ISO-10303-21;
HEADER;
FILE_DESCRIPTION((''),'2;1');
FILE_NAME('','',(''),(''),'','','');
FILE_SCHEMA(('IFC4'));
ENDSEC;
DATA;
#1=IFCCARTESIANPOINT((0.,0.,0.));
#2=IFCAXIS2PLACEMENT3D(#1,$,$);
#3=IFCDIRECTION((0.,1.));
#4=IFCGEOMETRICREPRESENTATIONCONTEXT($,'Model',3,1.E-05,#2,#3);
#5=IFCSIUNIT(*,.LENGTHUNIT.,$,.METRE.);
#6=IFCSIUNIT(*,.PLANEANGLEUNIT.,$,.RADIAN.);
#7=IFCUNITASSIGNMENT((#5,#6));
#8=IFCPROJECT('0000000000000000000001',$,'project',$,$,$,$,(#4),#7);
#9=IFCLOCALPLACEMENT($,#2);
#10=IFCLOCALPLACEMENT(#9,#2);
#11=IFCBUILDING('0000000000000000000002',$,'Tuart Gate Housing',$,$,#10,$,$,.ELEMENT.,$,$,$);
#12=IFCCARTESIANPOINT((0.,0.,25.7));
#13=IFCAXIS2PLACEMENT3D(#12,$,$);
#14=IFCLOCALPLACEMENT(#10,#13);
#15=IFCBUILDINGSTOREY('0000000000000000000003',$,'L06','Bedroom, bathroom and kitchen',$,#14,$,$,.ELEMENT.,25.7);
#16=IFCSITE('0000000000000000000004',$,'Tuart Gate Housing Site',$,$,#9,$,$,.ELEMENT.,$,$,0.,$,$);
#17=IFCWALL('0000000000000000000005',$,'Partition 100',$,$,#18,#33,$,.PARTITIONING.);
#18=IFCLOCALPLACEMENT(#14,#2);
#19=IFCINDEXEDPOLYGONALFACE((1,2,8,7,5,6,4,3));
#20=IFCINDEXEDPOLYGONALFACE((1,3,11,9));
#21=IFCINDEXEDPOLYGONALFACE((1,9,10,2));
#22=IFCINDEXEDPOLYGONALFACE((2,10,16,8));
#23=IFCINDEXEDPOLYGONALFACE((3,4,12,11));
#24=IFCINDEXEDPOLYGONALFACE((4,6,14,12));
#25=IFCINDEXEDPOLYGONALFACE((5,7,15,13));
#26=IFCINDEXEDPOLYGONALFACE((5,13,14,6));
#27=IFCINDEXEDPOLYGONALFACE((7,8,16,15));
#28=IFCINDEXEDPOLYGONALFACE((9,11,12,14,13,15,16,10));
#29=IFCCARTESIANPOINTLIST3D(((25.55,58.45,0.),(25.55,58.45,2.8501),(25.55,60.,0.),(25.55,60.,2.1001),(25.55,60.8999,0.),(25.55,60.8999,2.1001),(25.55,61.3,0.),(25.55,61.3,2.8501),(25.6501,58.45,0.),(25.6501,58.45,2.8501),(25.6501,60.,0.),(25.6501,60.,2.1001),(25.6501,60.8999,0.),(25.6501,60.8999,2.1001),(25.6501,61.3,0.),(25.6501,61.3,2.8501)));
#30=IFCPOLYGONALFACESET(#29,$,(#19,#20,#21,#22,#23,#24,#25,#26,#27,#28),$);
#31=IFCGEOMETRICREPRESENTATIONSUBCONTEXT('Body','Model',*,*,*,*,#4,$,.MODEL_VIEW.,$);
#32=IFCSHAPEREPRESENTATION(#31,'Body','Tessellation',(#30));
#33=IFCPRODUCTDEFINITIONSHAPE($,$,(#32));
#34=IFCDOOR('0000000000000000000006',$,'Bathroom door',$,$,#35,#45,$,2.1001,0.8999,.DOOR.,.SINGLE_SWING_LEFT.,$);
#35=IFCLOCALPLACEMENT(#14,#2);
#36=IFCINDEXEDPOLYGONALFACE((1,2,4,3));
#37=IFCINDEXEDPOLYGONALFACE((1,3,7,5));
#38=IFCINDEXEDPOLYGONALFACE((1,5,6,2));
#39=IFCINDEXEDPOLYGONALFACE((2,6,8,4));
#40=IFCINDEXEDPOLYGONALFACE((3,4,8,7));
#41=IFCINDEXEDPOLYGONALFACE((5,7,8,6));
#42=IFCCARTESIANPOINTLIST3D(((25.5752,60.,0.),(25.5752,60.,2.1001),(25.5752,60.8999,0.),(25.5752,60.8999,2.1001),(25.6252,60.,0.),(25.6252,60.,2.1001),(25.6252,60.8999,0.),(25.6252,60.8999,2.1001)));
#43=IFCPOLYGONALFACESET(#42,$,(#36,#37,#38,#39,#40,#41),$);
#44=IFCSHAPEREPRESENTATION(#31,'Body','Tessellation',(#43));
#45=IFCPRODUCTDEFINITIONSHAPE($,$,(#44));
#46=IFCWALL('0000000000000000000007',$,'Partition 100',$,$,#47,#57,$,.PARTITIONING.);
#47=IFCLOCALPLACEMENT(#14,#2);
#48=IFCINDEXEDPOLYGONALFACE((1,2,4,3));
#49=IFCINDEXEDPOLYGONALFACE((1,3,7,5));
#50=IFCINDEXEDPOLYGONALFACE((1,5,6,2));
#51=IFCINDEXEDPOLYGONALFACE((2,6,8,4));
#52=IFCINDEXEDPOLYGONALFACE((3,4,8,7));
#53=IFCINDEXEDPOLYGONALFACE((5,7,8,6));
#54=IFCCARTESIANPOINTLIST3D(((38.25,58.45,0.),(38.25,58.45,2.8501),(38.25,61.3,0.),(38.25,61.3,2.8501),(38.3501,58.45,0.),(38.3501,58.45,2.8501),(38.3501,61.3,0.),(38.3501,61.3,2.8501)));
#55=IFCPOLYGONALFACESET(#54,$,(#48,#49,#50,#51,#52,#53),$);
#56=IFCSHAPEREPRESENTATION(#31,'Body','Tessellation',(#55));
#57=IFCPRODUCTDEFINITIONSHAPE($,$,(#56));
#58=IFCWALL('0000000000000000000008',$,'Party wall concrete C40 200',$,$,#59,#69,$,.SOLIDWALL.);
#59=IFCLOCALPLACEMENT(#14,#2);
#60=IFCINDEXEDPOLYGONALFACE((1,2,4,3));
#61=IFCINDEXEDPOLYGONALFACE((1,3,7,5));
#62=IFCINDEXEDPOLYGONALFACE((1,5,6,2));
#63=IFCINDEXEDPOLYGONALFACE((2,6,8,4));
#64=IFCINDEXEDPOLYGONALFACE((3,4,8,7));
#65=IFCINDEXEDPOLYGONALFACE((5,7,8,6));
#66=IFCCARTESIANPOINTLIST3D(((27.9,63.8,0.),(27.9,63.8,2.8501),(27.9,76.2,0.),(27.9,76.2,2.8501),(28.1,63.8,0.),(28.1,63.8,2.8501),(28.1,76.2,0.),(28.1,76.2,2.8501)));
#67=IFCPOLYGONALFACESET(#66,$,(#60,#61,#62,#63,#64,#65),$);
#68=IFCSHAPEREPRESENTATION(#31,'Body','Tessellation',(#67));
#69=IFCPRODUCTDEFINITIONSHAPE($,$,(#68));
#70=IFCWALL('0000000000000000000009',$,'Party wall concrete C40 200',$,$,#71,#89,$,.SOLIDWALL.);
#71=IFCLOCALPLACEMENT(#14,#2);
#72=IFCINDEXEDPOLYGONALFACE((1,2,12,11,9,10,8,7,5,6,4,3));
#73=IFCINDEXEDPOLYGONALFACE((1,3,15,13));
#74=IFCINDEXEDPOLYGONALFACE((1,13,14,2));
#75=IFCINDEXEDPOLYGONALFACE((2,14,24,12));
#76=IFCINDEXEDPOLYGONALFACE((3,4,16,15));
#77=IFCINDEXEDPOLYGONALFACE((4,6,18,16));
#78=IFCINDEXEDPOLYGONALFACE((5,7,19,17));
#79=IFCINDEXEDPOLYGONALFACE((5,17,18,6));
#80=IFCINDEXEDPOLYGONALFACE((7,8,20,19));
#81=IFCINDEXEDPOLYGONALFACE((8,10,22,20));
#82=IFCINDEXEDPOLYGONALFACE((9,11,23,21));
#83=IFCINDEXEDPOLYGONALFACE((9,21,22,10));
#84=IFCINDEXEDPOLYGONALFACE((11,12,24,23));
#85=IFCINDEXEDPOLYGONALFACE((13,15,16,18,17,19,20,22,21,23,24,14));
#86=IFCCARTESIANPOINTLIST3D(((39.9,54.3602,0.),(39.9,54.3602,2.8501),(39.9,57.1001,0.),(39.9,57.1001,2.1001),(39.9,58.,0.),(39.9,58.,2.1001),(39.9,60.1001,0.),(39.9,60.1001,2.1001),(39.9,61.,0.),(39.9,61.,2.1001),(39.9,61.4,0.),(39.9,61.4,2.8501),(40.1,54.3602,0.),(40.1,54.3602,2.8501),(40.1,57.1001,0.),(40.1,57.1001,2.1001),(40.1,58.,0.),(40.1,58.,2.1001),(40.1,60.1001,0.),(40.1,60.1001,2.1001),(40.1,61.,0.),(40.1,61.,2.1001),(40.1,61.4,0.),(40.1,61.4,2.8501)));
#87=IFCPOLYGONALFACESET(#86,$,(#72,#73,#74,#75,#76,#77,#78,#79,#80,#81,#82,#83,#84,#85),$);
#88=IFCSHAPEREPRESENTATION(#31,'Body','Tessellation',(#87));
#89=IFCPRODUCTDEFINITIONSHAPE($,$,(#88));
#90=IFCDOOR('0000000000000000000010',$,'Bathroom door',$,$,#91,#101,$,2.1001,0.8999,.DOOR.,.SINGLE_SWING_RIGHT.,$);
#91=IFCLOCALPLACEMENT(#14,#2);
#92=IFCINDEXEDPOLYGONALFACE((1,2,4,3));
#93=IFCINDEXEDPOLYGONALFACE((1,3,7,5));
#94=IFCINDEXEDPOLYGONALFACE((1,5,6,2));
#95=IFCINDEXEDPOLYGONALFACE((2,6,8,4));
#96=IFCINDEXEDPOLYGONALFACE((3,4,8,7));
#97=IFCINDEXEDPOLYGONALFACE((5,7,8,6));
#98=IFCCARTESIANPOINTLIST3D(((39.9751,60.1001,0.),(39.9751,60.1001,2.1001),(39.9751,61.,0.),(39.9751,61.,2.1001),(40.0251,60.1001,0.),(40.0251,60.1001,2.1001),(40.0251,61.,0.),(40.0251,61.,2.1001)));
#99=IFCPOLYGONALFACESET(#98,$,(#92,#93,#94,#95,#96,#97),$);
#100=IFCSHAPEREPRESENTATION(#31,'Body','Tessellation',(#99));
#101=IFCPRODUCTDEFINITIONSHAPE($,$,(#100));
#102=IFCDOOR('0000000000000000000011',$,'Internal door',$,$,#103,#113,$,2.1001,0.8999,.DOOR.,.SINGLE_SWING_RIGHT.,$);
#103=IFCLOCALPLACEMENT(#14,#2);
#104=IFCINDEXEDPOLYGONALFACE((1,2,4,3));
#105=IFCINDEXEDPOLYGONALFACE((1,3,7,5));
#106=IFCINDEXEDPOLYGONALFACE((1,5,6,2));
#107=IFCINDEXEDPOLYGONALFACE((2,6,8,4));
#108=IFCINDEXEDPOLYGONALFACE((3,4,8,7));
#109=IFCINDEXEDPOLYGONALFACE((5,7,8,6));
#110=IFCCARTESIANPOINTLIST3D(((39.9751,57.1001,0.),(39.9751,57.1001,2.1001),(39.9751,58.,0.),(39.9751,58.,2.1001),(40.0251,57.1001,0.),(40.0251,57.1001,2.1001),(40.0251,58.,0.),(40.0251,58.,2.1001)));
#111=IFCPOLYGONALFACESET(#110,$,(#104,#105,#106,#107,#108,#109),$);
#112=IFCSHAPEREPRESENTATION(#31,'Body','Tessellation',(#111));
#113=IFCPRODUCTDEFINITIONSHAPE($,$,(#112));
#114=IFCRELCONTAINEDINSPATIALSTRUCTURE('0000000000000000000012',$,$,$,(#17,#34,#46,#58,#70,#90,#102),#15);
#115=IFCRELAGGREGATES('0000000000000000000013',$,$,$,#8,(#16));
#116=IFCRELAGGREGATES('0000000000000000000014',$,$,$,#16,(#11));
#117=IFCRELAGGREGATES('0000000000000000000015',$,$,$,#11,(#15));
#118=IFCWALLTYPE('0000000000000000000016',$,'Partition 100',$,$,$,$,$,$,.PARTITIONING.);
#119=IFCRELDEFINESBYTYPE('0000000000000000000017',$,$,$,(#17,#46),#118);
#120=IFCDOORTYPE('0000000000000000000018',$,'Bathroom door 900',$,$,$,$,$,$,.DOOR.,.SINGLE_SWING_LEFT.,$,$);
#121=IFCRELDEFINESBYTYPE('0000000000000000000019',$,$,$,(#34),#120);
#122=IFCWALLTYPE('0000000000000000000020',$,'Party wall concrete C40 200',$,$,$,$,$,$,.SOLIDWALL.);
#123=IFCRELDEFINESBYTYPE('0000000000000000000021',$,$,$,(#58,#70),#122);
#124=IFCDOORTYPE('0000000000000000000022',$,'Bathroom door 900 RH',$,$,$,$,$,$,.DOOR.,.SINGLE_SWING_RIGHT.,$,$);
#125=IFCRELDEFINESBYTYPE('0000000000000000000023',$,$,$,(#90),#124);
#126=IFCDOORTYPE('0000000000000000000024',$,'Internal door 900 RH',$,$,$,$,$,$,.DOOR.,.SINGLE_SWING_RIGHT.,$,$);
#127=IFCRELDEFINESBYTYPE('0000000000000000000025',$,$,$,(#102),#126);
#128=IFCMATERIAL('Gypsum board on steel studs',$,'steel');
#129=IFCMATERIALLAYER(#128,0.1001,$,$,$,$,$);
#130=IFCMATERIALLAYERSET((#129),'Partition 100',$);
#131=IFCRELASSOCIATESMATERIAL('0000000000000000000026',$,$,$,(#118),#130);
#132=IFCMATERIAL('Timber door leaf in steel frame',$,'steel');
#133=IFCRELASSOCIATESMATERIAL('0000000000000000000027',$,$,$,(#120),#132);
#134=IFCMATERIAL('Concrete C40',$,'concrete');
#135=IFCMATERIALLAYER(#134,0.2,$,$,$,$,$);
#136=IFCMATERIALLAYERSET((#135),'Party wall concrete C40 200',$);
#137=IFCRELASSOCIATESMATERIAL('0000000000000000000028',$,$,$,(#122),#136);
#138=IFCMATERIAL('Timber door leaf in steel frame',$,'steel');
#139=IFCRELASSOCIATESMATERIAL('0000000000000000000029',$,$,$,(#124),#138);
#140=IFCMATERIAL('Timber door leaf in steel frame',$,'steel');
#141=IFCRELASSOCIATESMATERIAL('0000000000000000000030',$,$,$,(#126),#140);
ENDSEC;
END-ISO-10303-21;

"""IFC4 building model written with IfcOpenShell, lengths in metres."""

from ifc_helpers import new_model, si_unit, direction, frame, frame_2d, origin, place, context, subcontext, project, spatial, rectangle, extrude, material, layer, layer_set, type_object, element, fill, save


model = new_model("IFC4")

# Units and contexts
model_context = context("Model", 3, precision=1e-05, world=origin(), true_north=direction((0.0, 1.0)))
body_context = subcontext(model_context, "Body", "Model", "MODEL_VIEW")
ifc_project = project(units=[si_unit("LENGTHUNIT", "METRE"), si_unit("PLANEANGLEUNIT", "RADIAN")], contexts=[model_context])

# Site, building, storey
site_placement = place(None, origin())
site = spatial("IfcSite", under=ifc_project, at=site_placement, Name="Tuart Gate Housing Site", CompositionType="ELEMENT", RefElevation=0.0)
building_placement = place(site_placement, origin())
building = spatial("IfcBuilding", under=site, at=building_placement, Name="Tuart Gate Housing", CompositionType="ELEMENT")
storey_placement = place(building_placement, frame((0.0, 0.0, 25.7)))
storey = spatial("IfcBuildingStorey", under=building, at=storey_placement, Name="L06", Description="Bedroom, bathroom and kitchen", CompositionType="ELEMENT", Elevation=25.7)

# Shared definitions
ifc_material_1 = material(Name="Gypsum board on steel studs", Category="steel")
ifc_layer_1 = layer(ifc_material_1, 0.1001)
ifc_layer_set_1 = layer_set([ifc_layer_1], Name="Partition 100")
wall_type_1 = type_object("IfcWallType", Name="Partition 100", PredefinedType="PARTITIONING", material=ifc_layer_set_1)

# Wall, opening, door
wall_1_placement = place(storey_placement, frame((25.6001, 58.45, 0.0), z_axis=(0.0, 0.0, 1.0), x_axis=(0.0, 1.0, 0.0)))
wall_1 = element("IfcWall", 1, at=wall_1_placement, inside=storey, type_object=wall_type_1, Name="Partition 100", PredefinedType="PARTITIONING", context=body_context, shape_type="SweptSolid", body=[
    extrude(rectangle(XDim=2.8501, YDim=0.1001, at=frame_2d((1.425, 0.0))), origin(), (0.0, 0.0, 1.0), 2.8501),
])
opening_1_placement = place(wall_1_placement, frame((1.55, 0.0, 0.0)))
opening_1 = element("IfcOpeningElement", 2, at=opening_1_placement, cuts=wall_1, PredefinedType="OPENING", context=body_context, shape_type="SweptSolid", body=[
    extrude(rectangle(XDim=0.8999, YDim=2.1001, at=frame_2d((0.45, 1.05))), frame((0.0, 0.0601, 0.0), z_axis=(0.0, -1.0, 0.0), x_axis=(1.0, 0.0, 0.0)), (0.0, 0.0, 1.0), 0.1201),
])
ifc_material_2 = material(Name="Timber door leaf in steel frame", Category="steel")
door_type_1 = type_object("IfcDoorType", Name="Bathroom door 900", OperationType="SINGLE_SWING_LEFT", PredefinedType="DOOR", material=ifc_material_2)
door_1_placement = place(opening_1_placement, frame((0.8999, 0.0, 0.0), z_axis=(0.0, 0.0, 1.0), x_axis=(-1.0, 0.0, 0.0)))
door_1 = element("IfcDoor", 3, at=door_1_placement, inside=storey, type_object=door_type_1, Name="Bathroom door", OperationType="SINGLE_SWING_LEFT", OverallHeight=2.1001, OverallWidth=0.8999, PredefinedType="DOOR", context=body_context, shape_type="SweptSolid", body=[
    extrude(rectangle(XDim=0.8999, YDim=2.1001, at=frame_2d((0.45, 1.05))), frame((0.0, 0.0251, 0.0), z_axis=(0.0, -1.0, 0.0), x_axis=(1.0, 0.0, 0.0)), (0.0, 0.0, 1.0), 0.05),
])
fill(opening_1, door_1)

# Walls
wall_2_placement = place(storey_placement, frame((38.3, 58.45, 0.0), z_axis=(0.0, 0.0, 1.0), x_axis=(0.0, 1.0, 0.0)))
element("IfcWall", 4, at=wall_2_placement, inside=storey, type_object=wall_type_1, Name="Partition 100", PredefinedType="PARTITIONING", context=body_context, shape_type="SweptSolid", body=[
    extrude(rectangle(XDim=2.8501, YDim=0.1001, at=frame_2d((1.425, 0.0))), origin(), (0.0, 0.0, 1.0), 2.8501),
])
ifc_material_3 = material(Name="Concrete C40", Category="concrete")
ifc_layer_2 = layer(ifc_material_3, 0.2)
ifc_layer_set_2 = layer_set([ifc_layer_2], Name="Party wall concrete C40 200")
wall_type_2 = type_object("IfcWallType", Name="Party wall concrete C40 200", PredefinedType="SOLIDWALL", material=ifc_layer_set_2)
wall_3_placement = place(storey_placement, frame((28.0, 63.8, 0.0), z_axis=(0.0, 0.0, 1.0), x_axis=(0.0, 1.0, 0.0)))
element("IfcWall", 5, at=wall_3_placement, inside=storey, type_object=wall_type_2, Name="Party wall concrete C40 200", PredefinedType="SOLIDWALL", context=body_context, shape_type="SweptSolid", body=[
    extrude(rectangle(XDim=12.3999, YDim=0.2, at=frame_2d((6.2, 0.0))), origin(), (0.0, 0.0, 1.0), 2.8501),
])

# Wall, openings, doors
wall_4_placement = place(storey_placement, frame((40.0, 54.3601, 0.0), z_axis=(0.0, 0.0, 1.0), x_axis=(0.0, 1.0, 0.0)))
wall_4 = element("IfcWall", 6, at=wall_4_placement, inside=storey, type_object=wall_type_2, Name="Party wall concrete C40 200", PredefinedType="SOLIDWALL", context=body_context, shape_type="SweptSolid", body=[
    extrude(rectangle(XDim=7.0398, YDim=0.2, at=frame_2d((3.52, 0.0))), origin(), (0.0, 0.0, 1.0), 2.8501),
])
opening_2_placement = place(wall_4_placement, frame((2.74, 0.0, 0.0)))
opening_2 = element("IfcOpeningElement", 7, at=opening_2_placement, cuts=wall_4, PredefinedType="OPENING", context=body_context, shape_type="SweptSolid", body=[
    extrude(rectangle(XDim=0.8999, YDim=2.1001, at=frame_2d((0.45, 1.05))), frame((0.0, 0.1099, 0.0), z_axis=(0.0, -1.0, 0.0), x_axis=(1.0, 0.0, 0.0)), (0.0, 0.0, 1.0), 0.22),
])
opening_3_placement = place(wall_4_placement, frame((5.74, 0.0, 0.0)))
opening_3 = element("IfcOpeningElement", 8, at=opening_3_placement, cuts=wall_4, PredefinedType="OPENING", context=body_context, shape_type="SweptSolid", body=[
    extrude(rectangle(XDim=0.8999, YDim=2.1001, at=frame_2d((0.45, 1.05))), frame((0.0, 0.1099, 0.0), z_axis=(0.0, -1.0, 0.0), x_axis=(1.0, 0.0, 0.0)), (0.0, 0.0, 1.0), 0.22),
])
ifc_material_4 = material(Name="Timber door leaf in steel frame", Category="steel")
door_type_2 = type_object("IfcDoorType", Name="Bathroom door 900 RH", OperationType="SINGLE_SWING_RIGHT", PredefinedType="DOOR", material=ifc_material_4)
door_2_placement = place(opening_3_placement, origin())
door_2 = element("IfcDoor", 9, at=door_2_placement, inside=storey, type_object=door_type_2, Name="Bathroom door", OperationType="SINGLE_SWING_RIGHT", OverallHeight=2.1001, OverallWidth=0.8999, PredefinedType="DOOR", context=body_context, shape_type="SweptSolid", body=[
    extrude(rectangle(XDim=0.8999, YDim=2.1001, at=frame_2d((0.45, 1.05))), frame((0.0, 0.0249, 0.0), z_axis=(0.0, -1.0, 0.0), x_axis=(1.0, 0.0, 0.0)), (0.0, 0.0, 1.0), 0.05),
])
fill(opening_3, door_2)
ifc_material_5 = material(Name="Timber door leaf in steel frame", Category="steel")
door_type_3 = type_object("IfcDoorType", Name="Internal door 900 RH", OperationType="SINGLE_SWING_RIGHT", PredefinedType="DOOR", material=ifc_material_5)
door_3_placement = place(opening_2_placement, origin())
door_3 = element("IfcDoor", 10, at=door_3_placement, inside=storey, type_object=door_type_3, Name="Internal door", OperationType="SINGLE_SWING_RIGHT", OverallHeight=2.1001, OverallWidth=0.8999, PredefinedType="DOOR", context=body_context, shape_type="SweptSolid", body=[
    extrude(rectangle(XDim=0.8999, YDim=2.1001, at=frame_2d((0.45, 1.05))), frame((0.0, 0.0249, 0.0), z_axis=(0.0, -1.0, 0.0), x_axis=(1.0, 0.0, 0.0)), (0.0, 0.0, 1.0), 0.05),
])
fill(opening_2, door_3)

save(model, "model.ifc")
